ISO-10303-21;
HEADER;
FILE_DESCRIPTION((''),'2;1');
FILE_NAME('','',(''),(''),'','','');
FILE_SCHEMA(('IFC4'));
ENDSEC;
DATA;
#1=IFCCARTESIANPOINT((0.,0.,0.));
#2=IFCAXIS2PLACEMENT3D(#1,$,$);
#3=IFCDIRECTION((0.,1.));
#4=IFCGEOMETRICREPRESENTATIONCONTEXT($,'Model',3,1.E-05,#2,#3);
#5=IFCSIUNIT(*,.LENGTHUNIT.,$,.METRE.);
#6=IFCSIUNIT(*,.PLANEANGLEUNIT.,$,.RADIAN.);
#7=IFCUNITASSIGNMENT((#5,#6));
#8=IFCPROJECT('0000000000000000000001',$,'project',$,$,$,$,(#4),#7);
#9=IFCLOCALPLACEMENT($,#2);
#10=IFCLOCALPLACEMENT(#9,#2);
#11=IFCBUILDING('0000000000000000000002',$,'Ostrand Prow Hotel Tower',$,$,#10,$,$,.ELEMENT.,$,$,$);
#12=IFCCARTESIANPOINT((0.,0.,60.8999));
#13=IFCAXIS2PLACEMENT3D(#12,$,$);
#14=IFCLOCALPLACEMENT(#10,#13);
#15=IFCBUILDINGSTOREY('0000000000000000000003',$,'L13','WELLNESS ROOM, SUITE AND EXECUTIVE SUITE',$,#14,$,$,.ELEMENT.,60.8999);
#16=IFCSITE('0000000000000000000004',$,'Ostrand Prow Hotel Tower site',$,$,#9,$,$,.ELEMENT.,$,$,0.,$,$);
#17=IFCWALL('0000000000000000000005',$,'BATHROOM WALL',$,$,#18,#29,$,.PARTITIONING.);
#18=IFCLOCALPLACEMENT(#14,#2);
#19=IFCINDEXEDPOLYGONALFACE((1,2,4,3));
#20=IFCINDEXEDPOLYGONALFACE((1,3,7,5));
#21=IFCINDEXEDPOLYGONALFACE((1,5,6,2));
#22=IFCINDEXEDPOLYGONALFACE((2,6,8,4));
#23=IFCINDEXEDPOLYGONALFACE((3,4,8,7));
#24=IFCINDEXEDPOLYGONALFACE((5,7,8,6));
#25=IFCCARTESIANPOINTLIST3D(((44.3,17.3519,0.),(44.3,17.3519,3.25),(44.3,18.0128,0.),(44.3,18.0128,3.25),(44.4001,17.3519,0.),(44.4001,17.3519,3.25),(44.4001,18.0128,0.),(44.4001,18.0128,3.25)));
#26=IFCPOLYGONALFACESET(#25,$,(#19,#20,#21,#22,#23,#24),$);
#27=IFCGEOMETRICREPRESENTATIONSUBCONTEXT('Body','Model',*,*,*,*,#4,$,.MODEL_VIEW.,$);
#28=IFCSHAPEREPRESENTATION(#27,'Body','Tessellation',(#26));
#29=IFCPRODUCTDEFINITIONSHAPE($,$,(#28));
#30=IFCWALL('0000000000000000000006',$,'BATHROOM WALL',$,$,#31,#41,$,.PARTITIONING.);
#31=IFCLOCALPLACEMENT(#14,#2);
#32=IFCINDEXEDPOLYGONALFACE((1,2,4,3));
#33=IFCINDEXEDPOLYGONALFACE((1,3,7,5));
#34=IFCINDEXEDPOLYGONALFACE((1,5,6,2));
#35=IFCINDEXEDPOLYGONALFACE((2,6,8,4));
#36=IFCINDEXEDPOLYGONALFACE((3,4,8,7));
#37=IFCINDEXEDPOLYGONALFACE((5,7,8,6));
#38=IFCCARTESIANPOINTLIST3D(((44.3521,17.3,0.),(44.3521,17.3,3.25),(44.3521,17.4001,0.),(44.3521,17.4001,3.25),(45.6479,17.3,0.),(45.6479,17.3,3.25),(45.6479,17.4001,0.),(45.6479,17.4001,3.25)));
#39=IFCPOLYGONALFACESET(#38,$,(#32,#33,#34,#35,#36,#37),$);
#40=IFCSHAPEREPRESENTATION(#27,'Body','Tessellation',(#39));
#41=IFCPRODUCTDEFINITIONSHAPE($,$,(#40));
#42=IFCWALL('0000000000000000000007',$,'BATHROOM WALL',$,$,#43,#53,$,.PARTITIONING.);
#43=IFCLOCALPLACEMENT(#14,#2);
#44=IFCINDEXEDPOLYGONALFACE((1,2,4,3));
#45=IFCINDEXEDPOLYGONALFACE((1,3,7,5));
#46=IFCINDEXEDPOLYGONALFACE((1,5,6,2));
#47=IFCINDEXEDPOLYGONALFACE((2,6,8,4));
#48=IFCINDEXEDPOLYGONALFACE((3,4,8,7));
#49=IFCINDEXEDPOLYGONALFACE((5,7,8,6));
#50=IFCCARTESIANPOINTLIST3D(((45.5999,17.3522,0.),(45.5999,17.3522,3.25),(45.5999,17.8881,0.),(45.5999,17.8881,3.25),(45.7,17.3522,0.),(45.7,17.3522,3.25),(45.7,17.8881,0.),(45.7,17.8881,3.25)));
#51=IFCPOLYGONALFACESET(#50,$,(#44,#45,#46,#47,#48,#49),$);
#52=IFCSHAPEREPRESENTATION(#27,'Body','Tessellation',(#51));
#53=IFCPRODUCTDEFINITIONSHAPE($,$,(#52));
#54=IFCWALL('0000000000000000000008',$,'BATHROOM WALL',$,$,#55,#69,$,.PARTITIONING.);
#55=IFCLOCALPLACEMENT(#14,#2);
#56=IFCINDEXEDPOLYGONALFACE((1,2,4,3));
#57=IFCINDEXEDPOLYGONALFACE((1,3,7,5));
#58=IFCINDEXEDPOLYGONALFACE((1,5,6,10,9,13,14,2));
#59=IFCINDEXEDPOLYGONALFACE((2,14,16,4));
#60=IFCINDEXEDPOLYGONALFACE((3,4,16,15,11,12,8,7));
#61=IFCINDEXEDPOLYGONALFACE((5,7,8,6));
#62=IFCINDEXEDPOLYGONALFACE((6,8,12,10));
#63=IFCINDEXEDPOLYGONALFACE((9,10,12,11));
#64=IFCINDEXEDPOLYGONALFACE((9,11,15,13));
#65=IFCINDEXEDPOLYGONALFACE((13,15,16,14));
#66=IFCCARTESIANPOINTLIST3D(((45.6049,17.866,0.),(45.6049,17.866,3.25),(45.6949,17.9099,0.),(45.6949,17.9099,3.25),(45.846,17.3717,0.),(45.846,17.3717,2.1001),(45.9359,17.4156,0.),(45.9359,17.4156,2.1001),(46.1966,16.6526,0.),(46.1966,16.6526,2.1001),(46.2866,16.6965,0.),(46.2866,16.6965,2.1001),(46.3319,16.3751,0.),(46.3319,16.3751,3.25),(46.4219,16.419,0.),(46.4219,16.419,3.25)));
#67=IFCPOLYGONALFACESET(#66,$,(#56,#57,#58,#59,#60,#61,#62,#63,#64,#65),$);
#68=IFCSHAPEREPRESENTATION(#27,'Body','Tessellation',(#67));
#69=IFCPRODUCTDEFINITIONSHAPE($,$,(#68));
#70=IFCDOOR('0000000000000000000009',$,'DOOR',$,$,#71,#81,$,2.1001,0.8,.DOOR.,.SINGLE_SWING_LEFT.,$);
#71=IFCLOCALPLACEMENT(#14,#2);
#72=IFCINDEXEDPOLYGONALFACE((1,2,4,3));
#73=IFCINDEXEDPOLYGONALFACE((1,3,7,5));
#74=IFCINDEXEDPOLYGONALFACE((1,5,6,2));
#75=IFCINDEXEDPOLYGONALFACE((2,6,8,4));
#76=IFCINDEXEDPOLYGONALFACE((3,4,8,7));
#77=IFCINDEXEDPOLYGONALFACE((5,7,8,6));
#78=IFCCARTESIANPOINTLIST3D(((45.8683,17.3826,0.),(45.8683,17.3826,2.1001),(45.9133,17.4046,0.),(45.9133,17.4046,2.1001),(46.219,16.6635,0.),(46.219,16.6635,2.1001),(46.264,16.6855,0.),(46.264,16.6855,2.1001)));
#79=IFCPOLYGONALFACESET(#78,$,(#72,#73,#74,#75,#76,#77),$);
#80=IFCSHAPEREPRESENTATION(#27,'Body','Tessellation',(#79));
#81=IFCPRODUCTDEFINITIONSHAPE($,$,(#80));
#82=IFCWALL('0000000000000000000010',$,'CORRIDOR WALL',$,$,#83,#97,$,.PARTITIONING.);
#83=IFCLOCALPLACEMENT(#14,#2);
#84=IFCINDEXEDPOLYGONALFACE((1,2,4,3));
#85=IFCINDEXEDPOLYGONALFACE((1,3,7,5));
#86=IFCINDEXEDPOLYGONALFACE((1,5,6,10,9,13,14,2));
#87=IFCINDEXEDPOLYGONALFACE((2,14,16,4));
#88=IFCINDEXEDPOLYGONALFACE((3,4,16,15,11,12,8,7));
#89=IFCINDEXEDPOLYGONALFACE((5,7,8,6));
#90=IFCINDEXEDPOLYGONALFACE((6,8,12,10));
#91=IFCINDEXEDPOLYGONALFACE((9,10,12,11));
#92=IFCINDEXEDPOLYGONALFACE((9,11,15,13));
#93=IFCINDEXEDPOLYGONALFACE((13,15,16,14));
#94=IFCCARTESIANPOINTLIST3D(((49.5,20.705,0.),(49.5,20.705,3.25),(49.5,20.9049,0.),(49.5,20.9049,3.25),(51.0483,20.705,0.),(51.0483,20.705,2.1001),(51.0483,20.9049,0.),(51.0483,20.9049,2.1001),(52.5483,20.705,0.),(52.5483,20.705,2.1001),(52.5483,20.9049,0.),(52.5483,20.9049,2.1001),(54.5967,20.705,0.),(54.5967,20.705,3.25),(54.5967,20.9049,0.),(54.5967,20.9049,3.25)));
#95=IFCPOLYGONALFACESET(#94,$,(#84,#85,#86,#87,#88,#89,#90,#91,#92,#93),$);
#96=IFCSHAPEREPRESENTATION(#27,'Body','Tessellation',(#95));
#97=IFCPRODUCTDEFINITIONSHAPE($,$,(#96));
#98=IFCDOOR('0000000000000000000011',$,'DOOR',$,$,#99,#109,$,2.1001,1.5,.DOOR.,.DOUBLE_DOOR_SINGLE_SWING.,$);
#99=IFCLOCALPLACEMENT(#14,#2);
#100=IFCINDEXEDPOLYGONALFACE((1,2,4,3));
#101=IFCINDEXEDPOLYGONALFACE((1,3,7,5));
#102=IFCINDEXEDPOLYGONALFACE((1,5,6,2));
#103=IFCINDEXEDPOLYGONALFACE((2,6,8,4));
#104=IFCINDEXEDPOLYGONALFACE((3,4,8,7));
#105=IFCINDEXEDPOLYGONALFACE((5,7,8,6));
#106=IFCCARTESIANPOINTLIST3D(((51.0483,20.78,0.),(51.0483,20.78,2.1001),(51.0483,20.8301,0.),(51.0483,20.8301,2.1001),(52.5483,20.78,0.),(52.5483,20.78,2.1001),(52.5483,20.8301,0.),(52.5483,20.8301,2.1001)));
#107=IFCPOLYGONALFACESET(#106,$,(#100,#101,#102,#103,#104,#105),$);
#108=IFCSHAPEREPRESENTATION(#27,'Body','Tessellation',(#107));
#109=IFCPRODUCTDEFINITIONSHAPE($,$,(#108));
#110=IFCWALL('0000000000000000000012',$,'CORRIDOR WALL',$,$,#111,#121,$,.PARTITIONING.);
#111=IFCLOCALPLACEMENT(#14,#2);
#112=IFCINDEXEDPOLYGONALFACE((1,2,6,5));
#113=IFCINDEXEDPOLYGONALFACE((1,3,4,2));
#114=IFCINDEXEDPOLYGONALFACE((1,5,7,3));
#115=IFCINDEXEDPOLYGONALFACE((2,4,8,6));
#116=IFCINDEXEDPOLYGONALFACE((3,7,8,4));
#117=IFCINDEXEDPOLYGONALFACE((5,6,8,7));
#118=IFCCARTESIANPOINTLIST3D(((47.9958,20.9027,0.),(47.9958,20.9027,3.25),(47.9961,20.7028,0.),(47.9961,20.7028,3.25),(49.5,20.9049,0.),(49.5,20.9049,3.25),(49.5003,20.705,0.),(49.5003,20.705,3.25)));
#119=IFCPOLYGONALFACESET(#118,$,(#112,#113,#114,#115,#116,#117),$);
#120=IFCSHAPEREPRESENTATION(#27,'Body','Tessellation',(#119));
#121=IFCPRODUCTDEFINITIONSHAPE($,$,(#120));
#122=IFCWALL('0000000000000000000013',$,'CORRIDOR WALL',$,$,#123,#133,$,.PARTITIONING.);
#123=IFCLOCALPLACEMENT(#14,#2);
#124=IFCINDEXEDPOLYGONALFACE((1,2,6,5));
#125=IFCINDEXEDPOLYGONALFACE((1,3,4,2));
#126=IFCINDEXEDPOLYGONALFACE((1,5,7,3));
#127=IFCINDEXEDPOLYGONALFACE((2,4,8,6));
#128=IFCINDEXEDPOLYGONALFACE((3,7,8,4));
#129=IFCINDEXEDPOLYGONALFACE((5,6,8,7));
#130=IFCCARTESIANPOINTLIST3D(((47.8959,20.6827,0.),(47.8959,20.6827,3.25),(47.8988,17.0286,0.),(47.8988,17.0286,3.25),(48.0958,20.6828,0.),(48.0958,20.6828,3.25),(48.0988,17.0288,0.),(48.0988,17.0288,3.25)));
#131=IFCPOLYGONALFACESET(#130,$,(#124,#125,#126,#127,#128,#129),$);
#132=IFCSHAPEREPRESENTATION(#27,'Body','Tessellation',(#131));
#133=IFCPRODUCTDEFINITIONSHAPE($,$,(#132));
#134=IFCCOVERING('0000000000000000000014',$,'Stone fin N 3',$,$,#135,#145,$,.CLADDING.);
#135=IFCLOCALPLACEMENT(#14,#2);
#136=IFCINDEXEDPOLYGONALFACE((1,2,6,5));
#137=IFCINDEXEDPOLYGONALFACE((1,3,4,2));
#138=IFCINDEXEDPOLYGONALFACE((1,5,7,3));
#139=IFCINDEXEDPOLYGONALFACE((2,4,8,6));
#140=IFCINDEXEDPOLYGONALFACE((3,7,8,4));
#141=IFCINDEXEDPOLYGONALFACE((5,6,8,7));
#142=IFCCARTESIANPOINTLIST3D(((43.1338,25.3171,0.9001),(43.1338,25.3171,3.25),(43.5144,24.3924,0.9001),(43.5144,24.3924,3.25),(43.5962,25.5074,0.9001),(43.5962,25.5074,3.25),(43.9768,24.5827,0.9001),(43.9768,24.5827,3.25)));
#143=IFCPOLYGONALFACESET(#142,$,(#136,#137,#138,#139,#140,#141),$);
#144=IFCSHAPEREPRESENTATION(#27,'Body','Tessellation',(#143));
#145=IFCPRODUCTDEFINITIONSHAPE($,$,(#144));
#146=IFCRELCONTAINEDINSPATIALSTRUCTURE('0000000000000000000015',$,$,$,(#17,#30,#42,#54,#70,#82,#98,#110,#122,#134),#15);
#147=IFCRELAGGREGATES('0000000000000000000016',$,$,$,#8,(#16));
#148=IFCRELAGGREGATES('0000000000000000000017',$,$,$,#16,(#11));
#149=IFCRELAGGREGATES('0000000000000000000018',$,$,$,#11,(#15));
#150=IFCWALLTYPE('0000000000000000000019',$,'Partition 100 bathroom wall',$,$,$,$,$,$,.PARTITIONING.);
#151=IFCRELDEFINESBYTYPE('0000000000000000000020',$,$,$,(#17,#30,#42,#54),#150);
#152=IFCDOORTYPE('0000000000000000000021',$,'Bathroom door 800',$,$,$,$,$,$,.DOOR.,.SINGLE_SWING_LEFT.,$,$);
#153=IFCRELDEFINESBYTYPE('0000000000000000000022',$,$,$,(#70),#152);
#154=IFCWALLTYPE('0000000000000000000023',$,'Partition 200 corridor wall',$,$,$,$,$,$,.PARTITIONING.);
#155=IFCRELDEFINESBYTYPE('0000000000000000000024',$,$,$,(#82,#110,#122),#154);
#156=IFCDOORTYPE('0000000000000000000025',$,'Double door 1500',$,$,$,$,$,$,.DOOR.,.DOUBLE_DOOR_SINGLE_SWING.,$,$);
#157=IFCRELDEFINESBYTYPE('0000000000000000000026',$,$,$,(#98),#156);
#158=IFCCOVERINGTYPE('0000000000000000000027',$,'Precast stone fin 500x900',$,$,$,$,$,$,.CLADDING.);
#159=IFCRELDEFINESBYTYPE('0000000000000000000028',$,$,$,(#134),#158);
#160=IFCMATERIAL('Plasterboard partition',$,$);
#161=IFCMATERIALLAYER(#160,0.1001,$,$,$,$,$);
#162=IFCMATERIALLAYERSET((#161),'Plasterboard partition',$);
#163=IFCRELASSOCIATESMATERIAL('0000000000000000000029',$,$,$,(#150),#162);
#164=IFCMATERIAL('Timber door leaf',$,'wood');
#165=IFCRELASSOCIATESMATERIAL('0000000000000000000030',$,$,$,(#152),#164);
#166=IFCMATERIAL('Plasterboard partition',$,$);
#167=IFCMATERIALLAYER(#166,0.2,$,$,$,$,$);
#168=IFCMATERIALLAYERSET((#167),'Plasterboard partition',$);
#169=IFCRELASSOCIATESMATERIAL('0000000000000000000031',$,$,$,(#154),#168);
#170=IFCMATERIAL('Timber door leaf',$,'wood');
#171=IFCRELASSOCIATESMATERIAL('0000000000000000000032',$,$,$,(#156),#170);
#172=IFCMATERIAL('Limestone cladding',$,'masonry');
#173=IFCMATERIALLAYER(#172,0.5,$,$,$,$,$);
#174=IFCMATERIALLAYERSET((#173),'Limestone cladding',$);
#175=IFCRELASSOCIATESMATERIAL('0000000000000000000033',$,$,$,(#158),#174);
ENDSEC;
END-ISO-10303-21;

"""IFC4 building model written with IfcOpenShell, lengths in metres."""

from ifc_helpers import new_model, si_unit, direction, frame, frame_2d, origin, place, context, subcontext, project, spatial, rectangle, extrude, material, layer, layer_set, type_object, element, fill, save


model = new_model("IFC4")

# Units and contexts
model_context = context("Model", 3, precision=1e-05, world=origin(), true_north=direction((0.0, 1.0)))
body_context = subcontext(model_context, "Body", "Model", "MODEL_VIEW")
ifc_project = project(units=[si_unit("LENGTHUNIT", "METRE"), si_unit("PLANEANGLEUNIT", "RADIAN")], contexts=[model_context])

# Site, building, storey
site_placement = place(None, origin())
site = spatial("IfcSite", under=ifc_project, at=site_placement, Name="Ostrand Prow Hotel Tower site", CompositionType="ELEMENT", RefElevation=0.0)
building_placement = place(site_placement, origin())
building = spatial("IfcBuilding", under=site, at=building_placement, Name="Ostrand Prow Hotel Tower", CompositionType="ELEMENT")
storey_placement = place(building_placement, frame((0.0, 0.0, 60.8999)))
storey = spatial("IfcBuildingStorey", under=building, at=storey_placement, Name="L13", Description="WELLNESS ROOM, SUITE AND EXECUTIVE SUITE", CompositionType="ELEMENT", Elevation=60.8999)

# Walls
ifc_material_1 = material(Name="Plasterboard partition")
ifc_layer_1 = layer(ifc_material_1, 0.1001)
ifc_layer_set_1 = layer_set([ifc_layer_1], Name="Plasterboard partition")
wall_type_1 = type_object("IfcWallType", Name="Partition 100 bathroom wall", PredefinedType="PARTITIONING", material=ifc_layer_set_1)
wall_1_placement = place(storey_placement, frame((44.3501, 18.0129, 0.0), z_axis=(0.0, 0.0, 1.0), x_axis=(0.0, -1.0, 0.0)))
element("IfcWall", 1, at=wall_1_placement, inside=storey, type_object=wall_type_1, Name="BATHROOM WALL", PredefinedType="PARTITIONING", context=body_context, shape_type="SweptSolid", body=[
    extrude(rectangle(XDim=0.6609, YDim=0.1001, at=frame_2d((0.3306, 0.0))), origin(), (0.0, 0.0, 1.0), 3.25),
])
wall_2_placement = place(storey_placement, frame((44.3521, 17.3501, 0.0), z_axis=(0.0, 0.0, 1.0), x_axis=(1.0, 0.0, 0.0)))
element("IfcWall", 2, at=wall_2_placement, inside=storey, type_object=wall_type_1, Name="BATHROOM WALL", PredefinedType="PARTITIONING", context=body_context, shape_type="SweptSolid", body=[
    extrude(rectangle(XDim=1.2959, YDim=0.1001, at=frame_2d((0.6479, 0.0))), origin(), (0.0, 0.0, 1.0), 3.25),
])
wall_3_placement = place(storey_placement, frame((45.6499, 17.3521, 0.0), z_axis=(0.0, 0.0, 1.0), x_axis=(0.0, 1.0, 0.0)))
element("IfcWall", 3, at=wall_3_placement, inside=storey, type_object=wall_type_1, Name="BATHROOM WALL", PredefinedType="PARTITIONING", context=body_context, shape_type="SweptSolid", body=[
    extrude(rectangle(XDim=0.5359, YDim=0.1001, at=frame_2d((0.2681, 0.0))), origin(), (0.0, 0.0, 1.0), 3.25),
])

# Walls, openings, doors
wall_4_placement = place(storey_placement, frame((45.6499, 17.8879, 0.0), z_axis=(0.0, 0.0, 1.0), x_axis=(0.438302, -0.898828, 0.0)))
wall_4 = element("IfcWall", 4, at=wall_4_placement, inside=storey, type_object=wall_type_1, Name="BATHROOM WALL", PredefinedType="PARTITIONING", context=body_context, shape_type="SweptSolid", body=[
    extrude(rectangle(XDim=1.6587, YDim=0.1001, at=frame_2d((0.8293, 0.0))), origin(), (0.0, 0.0, 1.0), 3.25),
])
opening_1_placement = place(wall_4_placement, frame((0.55, 0.0, 0.0)))
opening_1 = element("IfcOpeningElement", 5, at=opening_1_placement, cuts=wall_4, PredefinedType="OPENING", context=body_context, shape_type="SweptSolid", body=[
    extrude(rectangle(XDim=0.8, YDim=2.1001, at=frame_2d((0.3999, 1.05))), frame((0.0, 0.0601, 0.0), z_axis=(0.0, -1.0, 0.0), x_axis=(1.0, 0.0, 0.0)), (0.0, 0.0, 1.0), 0.1201),
])
ifc_material_2 = material(Name="Timber door leaf", Category="wood")
door_type_1 = type_object("IfcDoorType", Name="Bathroom door 800", OperationType="SINGLE_SWING_LEFT", PredefinedType="DOOR", material=ifc_material_2)
door_1_placement = place(opening_1_placement, origin())
door_1 = element("IfcDoor", 6, at=door_1_placement, inside=storey, type_object=door_type_1, Name="DOOR", OperationType="SINGLE_SWING_LEFT", OverallHeight=2.1001, OverallWidth=0.8, PredefinedType="DOOR", context=body_context, shape_type="SweptSolid", body=[
    extrude(rectangle(XDim=0.8, YDim=2.1001, at=frame_2d((0.3999, 1.05))), frame((0.0, 0.0249, 0.0), z_axis=(0.0, -1.0, 0.0), x_axis=(1.0, 0.0, 0.0)), (0.0, 0.0, 1.0), 0.05),
])
fill(opening_1, door_1)
ifc_material_3 = material(Name="Plasterboard partition")
ifc_layer_2 = layer(ifc_material_3, 0.2)
ifc_layer_set_2 = layer_set([ifc_layer_2], Name="Plasterboard partition")
wall_type_2 = type_object("IfcWallType", Name="Partition 200 corridor wall", PredefinedType="PARTITIONING", material=ifc_layer_set_2)
wall_5_placement = place(storey_placement, frame((54.5967, 20.8049, 0.0), z_axis=(0.0, 0.0, 1.0), x_axis=(-1.0, 0.0, 0.0)))
wall_5 = element("IfcWall", 7, at=wall_5_placement, inside=storey, type_object=wall_type_2, Name="CORRIDOR WALL", PredefinedType="PARTITIONING", context=body_context, shape_type="SweptSolid", body=[
    extrude(rectangle(XDim=5.0967, YDim=0.2, at=frame_2d((2.5483, 0.0))), origin(), (0.0, 0.0, 1.0), 3.25),
])
opening_2_placement = place(wall_5_placement, frame((2.0483, 0.0, 0.0)))
opening_2 = element("IfcOpeningElement", 8, at=opening_2_placement, cuts=wall_5, PredefinedType="OPENING", context=body_context, shape_type="SweptSolid", body=[
    extrude(rectangle(XDim=1.5, YDim=2.1001, at=frame_2d((0.75, 1.05))), frame((0.0, 0.1099, 0.0), z_axis=(0.0, -1.0, 0.0), x_axis=(1.0, 0.0, 0.0)), (0.0, 0.0, 1.0), 0.22),
])
ifc_material_4 = material(Name="Timber door leaf", Category="wood")
door_type_2 = type_object("IfcDoorType", Name="Double door 1500", OperationType="DOUBLE_DOOR_SINGLE_SWING", PredefinedType="DOOR", material=ifc_material_4)
door_2_placement = place(opening_2_placement, origin())
door_2 = element("IfcDoor", 9, at=door_2_placement, inside=storey, type_object=door_type_2, Name="DOOR", OperationType="DOUBLE_DOOR_SINGLE_SWING", OverallHeight=2.1001, OverallWidth=1.5, PredefinedType="DOOR", context=body_context, shape_type="SweptSolid", body=[
    extrude(rectangle(XDim=1.5, YDim=2.1001, at=frame_2d((0.75, 1.05))), frame((0.0, 0.0249, 0.0), z_axis=(0.0, -1.0, 0.0), x_axis=(1.0, 0.0, 0.0)), (0.0, 0.0, 1.0), 0.05),
])
fill(opening_2, door_2)

# Walls
wall_6_placement = place(storey_placement, frame((49.5, 20.8049, 0.0), z_axis=(0.0, 0.0, 1.0), x_axis=(-0.999999, -0.001461, 0.0)))
element("IfcWall", 10, at=wall_6_placement, inside=storey, type_object=wall_type_2, Name="CORRIDOR WALL", PredefinedType="PARTITIONING", context=body_context, shape_type="SweptSolid", body=[
    extrude(rectangle(XDim=1.5042, YDim=0.2, at=frame_2d((0.752, 0.0))), origin(), (0.0, 0.0, 1.0), 3.25),
])
wall_7_placement = place(storey_placement, frame((47.9958, 20.6829, 0.0), z_axis=(0.0, 0.0, 1.0), x_axis=(0.000802, -1.0, 0.0)))
element("IfcWall", 11, at=wall_7_placement, inside=storey, type_object=wall_type_2, Name="CORRIDOR WALL", PredefinedType="PARTITIONING", context=body_context, shape_type="SweptSolid", body=[
    extrude(rectangle(XDim=3.6541, YDim=0.2, at=frame_2d((1.8271, 0.0))), origin(), (0.0, 0.0, 1.0), 3.25),
])

# Covering
ifc_material_5 = material(Name="Limestone cladding", Category="masonry")
ifc_layer_3 = layer(ifc_material_5, 0.5)
ifc_layer_set_3 = layer_set([ifc_layer_3], Name="Limestone cladding")
covering_type = type_object("IfcCoveringType", Name="Precast stone fin 500x900", PredefinedType="CLADDING", material=ifc_layer_set_3)
covering_placement = place(storey_placement, frame((43.7456, 24.4875, 0.9001), z_axis=(0.0, 0.0, 1.0), x_axis=(-0.38059, 0.924744, 0.0)))
element("IfcCovering", 12, at=covering_placement, inside=storey, type_object=covering_type, Name="Stone fin N 3", PredefinedType="CLADDING", context=body_context, shape_type="SweptSolid", body=[
    extrude(rectangle(XDim=1.0, YDim=0.5, at=frame_2d((0.5, 0.0))), origin(), (0.0, 0.0, 1.0), 2.3499),
])

save(model, "model.ifc")
